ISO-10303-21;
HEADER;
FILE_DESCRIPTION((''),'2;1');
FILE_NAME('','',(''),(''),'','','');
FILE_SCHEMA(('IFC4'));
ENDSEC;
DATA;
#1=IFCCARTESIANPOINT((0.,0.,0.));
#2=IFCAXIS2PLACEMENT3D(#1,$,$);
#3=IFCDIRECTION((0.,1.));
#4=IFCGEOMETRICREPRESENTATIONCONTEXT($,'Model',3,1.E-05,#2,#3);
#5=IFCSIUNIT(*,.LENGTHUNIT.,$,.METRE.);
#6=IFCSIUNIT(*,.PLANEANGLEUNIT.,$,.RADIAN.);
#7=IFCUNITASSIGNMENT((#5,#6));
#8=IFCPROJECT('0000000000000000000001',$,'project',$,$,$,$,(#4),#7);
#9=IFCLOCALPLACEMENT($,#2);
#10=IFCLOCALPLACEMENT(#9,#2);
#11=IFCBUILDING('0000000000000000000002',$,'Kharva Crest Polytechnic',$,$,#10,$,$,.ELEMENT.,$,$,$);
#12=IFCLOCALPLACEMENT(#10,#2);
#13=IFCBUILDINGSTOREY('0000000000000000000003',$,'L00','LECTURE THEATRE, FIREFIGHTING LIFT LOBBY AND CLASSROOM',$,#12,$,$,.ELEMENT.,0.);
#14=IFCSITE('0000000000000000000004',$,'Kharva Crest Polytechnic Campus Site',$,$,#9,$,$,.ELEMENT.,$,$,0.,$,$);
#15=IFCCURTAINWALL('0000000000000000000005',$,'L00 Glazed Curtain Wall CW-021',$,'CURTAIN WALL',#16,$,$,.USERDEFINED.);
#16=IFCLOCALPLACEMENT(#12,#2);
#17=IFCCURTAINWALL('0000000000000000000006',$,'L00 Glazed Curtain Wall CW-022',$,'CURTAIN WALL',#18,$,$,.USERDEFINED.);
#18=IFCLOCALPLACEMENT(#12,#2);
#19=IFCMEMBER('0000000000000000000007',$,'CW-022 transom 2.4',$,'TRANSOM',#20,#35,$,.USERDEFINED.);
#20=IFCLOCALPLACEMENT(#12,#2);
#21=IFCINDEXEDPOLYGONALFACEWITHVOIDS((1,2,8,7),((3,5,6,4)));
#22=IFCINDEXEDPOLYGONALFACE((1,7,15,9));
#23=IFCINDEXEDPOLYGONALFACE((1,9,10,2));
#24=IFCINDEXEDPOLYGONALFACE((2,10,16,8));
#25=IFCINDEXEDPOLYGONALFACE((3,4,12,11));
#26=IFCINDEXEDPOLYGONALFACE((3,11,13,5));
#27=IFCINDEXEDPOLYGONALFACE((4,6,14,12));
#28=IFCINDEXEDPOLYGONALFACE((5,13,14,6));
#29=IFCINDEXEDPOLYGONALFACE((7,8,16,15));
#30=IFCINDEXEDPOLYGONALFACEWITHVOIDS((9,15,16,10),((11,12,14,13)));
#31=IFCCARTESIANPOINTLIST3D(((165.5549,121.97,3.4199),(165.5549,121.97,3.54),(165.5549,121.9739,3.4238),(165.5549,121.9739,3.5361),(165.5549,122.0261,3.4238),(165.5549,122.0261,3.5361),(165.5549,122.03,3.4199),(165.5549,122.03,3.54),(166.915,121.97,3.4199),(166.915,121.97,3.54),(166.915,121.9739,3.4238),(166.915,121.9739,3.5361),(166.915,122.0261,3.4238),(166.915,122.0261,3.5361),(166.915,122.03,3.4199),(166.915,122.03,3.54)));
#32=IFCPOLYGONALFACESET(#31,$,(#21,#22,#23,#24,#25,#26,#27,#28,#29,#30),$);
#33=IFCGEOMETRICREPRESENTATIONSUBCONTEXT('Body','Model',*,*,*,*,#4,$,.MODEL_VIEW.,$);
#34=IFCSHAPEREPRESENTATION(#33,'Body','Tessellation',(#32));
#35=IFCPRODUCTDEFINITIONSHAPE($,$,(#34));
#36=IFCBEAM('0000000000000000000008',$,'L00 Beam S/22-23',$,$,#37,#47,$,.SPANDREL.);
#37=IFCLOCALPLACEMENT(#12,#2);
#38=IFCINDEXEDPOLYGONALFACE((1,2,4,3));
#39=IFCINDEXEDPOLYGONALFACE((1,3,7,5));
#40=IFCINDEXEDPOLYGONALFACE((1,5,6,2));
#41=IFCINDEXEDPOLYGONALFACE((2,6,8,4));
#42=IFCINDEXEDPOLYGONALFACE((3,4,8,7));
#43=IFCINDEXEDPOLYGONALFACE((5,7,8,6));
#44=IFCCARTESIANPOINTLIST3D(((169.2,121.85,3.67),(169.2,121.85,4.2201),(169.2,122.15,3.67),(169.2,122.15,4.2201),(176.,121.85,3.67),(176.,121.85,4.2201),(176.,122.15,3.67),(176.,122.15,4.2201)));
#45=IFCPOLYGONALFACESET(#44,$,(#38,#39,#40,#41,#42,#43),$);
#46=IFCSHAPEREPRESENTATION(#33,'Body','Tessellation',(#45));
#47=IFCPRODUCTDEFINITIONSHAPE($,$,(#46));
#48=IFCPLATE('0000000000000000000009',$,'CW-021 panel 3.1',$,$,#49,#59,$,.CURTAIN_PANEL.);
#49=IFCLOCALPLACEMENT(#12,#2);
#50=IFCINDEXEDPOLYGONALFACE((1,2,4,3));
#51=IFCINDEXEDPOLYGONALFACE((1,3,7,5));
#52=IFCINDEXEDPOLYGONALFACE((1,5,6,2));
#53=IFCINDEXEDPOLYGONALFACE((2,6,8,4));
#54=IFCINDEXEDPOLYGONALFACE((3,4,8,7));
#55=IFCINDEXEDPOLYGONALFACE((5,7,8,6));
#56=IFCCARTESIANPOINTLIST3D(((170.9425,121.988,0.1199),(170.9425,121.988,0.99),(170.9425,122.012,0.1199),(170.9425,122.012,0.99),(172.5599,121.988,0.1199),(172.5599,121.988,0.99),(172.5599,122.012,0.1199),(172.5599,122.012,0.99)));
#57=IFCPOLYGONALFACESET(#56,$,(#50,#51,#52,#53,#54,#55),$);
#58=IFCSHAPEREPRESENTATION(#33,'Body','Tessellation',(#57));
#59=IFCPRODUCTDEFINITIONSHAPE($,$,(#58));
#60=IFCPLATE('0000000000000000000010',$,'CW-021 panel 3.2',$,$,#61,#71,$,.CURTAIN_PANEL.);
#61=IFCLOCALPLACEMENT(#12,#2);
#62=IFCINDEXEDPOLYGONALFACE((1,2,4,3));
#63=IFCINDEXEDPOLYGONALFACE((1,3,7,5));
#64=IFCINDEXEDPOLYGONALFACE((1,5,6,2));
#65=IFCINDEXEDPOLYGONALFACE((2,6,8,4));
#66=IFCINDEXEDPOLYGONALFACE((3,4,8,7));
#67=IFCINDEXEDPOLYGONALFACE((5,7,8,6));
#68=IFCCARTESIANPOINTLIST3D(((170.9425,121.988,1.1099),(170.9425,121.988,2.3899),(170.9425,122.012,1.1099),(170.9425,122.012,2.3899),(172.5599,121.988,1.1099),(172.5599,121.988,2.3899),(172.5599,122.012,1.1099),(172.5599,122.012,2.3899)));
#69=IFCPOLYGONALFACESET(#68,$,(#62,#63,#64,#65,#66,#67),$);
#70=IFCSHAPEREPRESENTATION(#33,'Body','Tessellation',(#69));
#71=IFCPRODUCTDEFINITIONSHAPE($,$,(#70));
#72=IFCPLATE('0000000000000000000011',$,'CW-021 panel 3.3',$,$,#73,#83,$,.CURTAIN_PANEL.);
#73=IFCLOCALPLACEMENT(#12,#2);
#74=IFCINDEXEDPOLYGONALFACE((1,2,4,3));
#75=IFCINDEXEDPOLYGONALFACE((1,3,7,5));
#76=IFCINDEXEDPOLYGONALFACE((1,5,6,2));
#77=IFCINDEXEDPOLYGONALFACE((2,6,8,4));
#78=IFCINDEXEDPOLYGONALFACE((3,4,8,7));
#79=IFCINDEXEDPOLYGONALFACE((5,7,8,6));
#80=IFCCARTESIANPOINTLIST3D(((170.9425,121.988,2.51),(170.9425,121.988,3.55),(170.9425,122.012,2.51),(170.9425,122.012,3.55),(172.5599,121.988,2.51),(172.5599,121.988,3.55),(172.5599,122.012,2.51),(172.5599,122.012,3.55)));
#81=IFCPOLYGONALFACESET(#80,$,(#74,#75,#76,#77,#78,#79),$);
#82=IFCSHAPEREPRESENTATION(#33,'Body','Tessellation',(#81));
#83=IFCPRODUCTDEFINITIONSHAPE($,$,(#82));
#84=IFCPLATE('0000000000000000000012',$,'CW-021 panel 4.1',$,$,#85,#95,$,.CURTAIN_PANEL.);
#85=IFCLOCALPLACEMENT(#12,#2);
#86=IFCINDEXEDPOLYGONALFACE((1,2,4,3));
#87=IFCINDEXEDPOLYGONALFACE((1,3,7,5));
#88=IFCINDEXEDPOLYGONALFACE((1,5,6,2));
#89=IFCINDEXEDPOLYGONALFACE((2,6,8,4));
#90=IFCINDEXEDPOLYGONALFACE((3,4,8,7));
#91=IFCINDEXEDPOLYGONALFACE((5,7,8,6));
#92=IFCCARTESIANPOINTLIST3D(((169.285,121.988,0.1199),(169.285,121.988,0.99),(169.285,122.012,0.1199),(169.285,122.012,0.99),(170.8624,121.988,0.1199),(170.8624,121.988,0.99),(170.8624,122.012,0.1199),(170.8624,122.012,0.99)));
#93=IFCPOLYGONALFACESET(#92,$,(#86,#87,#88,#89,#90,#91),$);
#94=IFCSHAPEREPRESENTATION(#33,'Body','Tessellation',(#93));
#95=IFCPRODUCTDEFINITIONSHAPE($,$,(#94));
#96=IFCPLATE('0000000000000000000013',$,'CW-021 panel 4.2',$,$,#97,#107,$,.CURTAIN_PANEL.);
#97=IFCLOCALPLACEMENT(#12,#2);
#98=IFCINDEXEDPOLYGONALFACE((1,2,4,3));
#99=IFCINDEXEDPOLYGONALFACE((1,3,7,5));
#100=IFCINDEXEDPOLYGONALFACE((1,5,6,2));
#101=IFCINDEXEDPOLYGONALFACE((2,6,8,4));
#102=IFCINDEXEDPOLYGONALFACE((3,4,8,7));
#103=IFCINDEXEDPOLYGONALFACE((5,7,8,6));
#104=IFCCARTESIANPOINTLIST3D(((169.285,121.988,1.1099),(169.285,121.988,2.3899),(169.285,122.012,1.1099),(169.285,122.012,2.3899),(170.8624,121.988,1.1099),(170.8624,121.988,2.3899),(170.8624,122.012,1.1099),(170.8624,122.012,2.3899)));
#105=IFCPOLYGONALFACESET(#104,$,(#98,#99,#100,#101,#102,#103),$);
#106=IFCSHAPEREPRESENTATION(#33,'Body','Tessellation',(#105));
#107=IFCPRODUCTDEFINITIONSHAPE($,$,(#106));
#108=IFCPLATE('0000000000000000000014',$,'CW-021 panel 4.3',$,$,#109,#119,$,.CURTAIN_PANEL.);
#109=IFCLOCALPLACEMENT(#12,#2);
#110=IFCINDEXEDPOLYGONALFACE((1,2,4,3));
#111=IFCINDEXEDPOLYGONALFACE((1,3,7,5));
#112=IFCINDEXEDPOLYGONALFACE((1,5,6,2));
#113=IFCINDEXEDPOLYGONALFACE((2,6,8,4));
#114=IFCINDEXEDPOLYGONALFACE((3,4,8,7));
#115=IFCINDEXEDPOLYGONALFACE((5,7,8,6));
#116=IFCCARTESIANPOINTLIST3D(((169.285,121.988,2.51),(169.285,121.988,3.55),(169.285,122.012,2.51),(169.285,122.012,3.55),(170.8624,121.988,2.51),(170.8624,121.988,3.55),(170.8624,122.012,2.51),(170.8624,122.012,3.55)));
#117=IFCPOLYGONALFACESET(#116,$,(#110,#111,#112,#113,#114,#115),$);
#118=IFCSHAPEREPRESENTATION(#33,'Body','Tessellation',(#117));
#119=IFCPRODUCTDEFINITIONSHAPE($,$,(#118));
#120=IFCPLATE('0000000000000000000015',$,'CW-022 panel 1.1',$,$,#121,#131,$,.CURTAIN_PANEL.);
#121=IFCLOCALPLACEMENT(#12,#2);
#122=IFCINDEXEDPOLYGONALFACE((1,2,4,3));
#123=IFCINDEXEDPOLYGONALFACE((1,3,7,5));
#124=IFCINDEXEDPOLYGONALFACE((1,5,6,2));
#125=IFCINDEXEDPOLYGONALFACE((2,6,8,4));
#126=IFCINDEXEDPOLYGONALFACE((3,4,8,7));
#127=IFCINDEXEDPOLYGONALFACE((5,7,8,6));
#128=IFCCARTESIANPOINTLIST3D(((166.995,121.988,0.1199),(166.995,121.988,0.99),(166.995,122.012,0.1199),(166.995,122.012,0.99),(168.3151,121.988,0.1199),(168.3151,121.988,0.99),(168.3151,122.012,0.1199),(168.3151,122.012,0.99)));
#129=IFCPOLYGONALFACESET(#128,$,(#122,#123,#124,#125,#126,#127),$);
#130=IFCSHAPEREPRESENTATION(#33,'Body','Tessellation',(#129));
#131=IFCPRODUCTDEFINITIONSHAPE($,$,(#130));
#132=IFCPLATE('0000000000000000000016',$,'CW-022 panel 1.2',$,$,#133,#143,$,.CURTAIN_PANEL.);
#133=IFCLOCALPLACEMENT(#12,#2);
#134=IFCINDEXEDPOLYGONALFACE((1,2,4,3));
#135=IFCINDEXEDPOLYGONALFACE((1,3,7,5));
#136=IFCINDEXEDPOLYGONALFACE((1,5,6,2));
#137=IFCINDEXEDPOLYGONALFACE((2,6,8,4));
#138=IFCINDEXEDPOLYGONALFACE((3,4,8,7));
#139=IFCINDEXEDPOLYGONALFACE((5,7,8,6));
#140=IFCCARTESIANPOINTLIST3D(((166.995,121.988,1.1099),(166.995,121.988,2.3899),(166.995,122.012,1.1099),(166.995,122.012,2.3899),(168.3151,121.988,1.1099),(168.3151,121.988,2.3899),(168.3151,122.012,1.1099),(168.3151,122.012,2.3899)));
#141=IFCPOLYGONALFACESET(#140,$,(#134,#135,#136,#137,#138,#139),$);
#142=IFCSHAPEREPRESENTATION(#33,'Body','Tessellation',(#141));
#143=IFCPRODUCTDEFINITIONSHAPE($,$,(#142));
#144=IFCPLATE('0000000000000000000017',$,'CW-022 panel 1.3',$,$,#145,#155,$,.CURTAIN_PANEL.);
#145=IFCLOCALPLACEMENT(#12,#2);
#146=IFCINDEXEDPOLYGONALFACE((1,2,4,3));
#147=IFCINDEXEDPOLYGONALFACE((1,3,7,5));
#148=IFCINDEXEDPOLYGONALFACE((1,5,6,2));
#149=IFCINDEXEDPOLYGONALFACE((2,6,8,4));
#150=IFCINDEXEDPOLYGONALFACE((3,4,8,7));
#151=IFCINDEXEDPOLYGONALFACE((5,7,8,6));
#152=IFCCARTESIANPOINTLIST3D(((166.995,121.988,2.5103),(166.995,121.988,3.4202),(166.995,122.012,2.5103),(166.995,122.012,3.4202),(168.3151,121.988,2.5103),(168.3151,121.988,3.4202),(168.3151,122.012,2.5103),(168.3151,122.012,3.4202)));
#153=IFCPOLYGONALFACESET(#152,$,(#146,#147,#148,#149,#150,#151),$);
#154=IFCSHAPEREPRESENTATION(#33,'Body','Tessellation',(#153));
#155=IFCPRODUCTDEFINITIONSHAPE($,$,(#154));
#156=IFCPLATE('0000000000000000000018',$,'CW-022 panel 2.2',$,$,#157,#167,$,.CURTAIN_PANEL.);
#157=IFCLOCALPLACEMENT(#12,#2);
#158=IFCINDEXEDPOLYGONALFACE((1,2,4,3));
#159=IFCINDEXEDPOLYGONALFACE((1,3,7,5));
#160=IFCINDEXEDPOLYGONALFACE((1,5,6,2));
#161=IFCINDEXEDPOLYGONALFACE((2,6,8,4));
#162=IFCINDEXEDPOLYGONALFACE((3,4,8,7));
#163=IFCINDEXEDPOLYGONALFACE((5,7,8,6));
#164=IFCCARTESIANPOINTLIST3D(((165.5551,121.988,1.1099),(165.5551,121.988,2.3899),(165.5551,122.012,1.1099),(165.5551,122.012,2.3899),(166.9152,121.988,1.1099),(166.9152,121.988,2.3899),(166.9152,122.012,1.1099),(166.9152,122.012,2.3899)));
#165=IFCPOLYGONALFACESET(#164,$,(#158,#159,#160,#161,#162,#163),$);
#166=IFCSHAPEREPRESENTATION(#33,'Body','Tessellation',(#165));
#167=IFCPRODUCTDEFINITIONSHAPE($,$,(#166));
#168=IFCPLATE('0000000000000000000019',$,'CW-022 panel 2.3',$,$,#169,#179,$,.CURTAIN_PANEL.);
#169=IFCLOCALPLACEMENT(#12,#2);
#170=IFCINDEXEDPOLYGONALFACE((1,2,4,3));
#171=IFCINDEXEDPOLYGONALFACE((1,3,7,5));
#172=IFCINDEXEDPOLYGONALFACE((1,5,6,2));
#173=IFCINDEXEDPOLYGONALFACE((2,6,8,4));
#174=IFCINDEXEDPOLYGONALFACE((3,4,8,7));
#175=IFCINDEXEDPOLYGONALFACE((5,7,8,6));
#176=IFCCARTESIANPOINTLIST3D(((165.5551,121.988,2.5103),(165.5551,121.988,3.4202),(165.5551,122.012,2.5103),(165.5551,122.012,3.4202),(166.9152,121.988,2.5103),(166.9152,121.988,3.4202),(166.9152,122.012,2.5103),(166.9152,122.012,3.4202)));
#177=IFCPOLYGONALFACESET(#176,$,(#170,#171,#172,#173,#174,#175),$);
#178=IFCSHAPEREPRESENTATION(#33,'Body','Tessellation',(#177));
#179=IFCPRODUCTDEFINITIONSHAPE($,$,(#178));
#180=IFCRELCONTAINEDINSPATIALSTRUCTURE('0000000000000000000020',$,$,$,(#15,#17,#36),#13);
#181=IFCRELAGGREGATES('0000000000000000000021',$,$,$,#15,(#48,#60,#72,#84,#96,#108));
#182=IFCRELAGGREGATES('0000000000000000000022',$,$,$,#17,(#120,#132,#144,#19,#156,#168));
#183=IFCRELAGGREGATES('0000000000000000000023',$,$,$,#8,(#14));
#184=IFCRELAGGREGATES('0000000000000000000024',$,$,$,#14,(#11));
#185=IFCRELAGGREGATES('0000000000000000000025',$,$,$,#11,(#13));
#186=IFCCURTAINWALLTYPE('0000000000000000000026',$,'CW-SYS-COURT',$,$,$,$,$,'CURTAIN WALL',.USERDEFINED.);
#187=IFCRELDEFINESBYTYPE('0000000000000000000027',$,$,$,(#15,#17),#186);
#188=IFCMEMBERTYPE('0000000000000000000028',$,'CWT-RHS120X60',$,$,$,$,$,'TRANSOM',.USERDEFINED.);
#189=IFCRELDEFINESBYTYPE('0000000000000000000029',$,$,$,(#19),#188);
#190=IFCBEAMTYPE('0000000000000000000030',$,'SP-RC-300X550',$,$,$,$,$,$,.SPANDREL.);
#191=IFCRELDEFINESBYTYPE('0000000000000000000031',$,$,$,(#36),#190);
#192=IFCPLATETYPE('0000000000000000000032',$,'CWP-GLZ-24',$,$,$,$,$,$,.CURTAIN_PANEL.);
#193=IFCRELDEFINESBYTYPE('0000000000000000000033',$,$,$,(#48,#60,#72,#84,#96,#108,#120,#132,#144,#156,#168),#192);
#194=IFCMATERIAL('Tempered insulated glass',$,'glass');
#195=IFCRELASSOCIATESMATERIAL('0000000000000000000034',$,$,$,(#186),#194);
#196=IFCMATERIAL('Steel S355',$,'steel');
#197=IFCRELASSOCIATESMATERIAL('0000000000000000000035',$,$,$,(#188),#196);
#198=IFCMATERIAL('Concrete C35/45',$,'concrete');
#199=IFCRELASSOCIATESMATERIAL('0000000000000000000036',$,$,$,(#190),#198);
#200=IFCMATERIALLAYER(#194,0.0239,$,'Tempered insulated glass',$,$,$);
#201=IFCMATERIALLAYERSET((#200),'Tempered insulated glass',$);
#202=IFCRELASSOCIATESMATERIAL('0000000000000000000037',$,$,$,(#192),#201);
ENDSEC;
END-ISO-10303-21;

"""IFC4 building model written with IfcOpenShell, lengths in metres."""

from ifc_helpers import new_model, si_unit, direction, frame, origin, origin_2d, place, context, subcontext, project, spatial, rectangle, hollow_rectangle, extrude, material, layer, layer_set, material_profile, profile_set, type_object, element, aggregate, save


model = new_model("IFC4")

# Units and contexts
model_context = context("Model", 3, precision=1e-05, world=origin(), true_north=direction((0.0, 1.0)))
body_context = subcontext(model_context, "Body", "Model", "MODEL_VIEW")
ifc_project = project(units=[si_unit("LENGTHUNIT", "METRE"), si_unit("PLANEANGLEUNIT", "RADIAN")], contexts=[model_context])

# Site, building, storey
site_placement = place(None, origin())
site = spatial("IfcSite", under=ifc_project, at=site_placement, Name="Kharva Crest Polytechnic Campus Site", CompositionType="ELEMENT", RefElevation=0.0)
building_placement = place(site_placement, origin())
building = spatial("IfcBuilding", under=site, at=building_placement, Name="Kharva Crest Polytechnic", CompositionType="ELEMENT")
storey_placement = place(building_placement, origin())
storey = spatial("IfcBuildingStorey", under=building, at=storey_placement, Name="L00", Description="LECTURE THEATRE, FIREFIGHTING LIFT LOBBY AND CLASSROOM", CompositionType="ELEMENT", Elevation=0.0)

# Shared definitions
ifc_material_1 = material(Name="Concrete C35/45", Category="concrete")

# Curtain walls
ifc_material_2 = material(Name="Tempered insulated glass", Category="glass")
curtain_wall_type = type_object("IfcCurtainWallType", Name="CW-SYS-COURT", ElementType="CURTAIN WALL", PredefinedType="USERDEFINED", material=ifc_material_2)
curtain_wall_1_placement = place(storey_placement, origin())
curtain_wall_1 = element("IfcCurtainWall", 1, at=curtain_wall_1_placement, inside=storey, type_object=curtain_wall_type, Name="L00 Glazed Curtain Wall CW-021", ObjectType="CURTAIN WALL", PredefinedType="USERDEFINED")
ifc_material_3 = material(Name="Steel S355", Category="steel")
curtain_wall_2_placement = place(storey_placement, origin())
curtain_wall_2 = element("IfcCurtainWall", 2, at=curtain_wall_2_placement, inside=storey, type_object=curtain_wall_type, Name="L00 Glazed Curtain Wall CW-022", ObjectType="CURTAIN WALL", PredefinedType="USERDEFINED")

# Member
ifc_material_profile_1 = material_profile(ifc_material_3, hollow_rectangle(XDim=0.0601, YDim=0.1201, WallThickness=0.0039, at=origin_2d()), Name="RHS 120X60X4.0")
ifc_profile_set_1 = profile_set([ifc_material_profile_1], Name="Steel S355")
member_type_1 = type_object("IfcMemberType", Name="CWT-RHS120X60", ElementType="TRANSOM", PredefinedType="USERDEFINED", material=ifc_profile_set_1)
member_1_placement = place(storey_placement, frame((166.915, 122.0, 3.48), z_axis=(-1.0, 0.0, 0.0), x_axis=(0.0, -1.0, 0.0)))
member_1 = element("IfcMember", 3, at=member_1_placement, type_object=member_type_1, Name="CW-022 transom 2.4", ObjectType="TRANSOM", PredefinedType="USERDEFINED", context=body_context, shape_type="SweptSolid", body=[
    extrude(hollow_rectangle(XDim=0.0601, YDim=0.1201, WallThickness=0.0039, at=origin_2d()), origin(), (0.0, 0.0, 1.0), 1.3601),
])

# Beam
ifc_material_profile_2 = material_profile(ifc_material_1, rectangle(XDim=0.3, YDim=0.55, at=origin_2d()), Name="RECT 300 X 550")
ifc_profile_set_2 = profile_set([ifc_material_profile_2], Name="Concrete C35/45")
beam_type = type_object("IfcBeamType", Name="SP-RC-300X550", PredefinedType="SPANDREL", material=ifc_profile_set_2)
beam_placement = place(storey_placement, frame((169.2, 122.0, 3.9451), z_axis=(1.0, 0.0, 0.0), x_axis=(0.0, 1.0, 0.0)))
element("IfcBeam", 4, at=beam_placement, inside=storey, type_object=beam_type, Name="L00 Beam S/22-23", PredefinedType="SPANDREL", context=body_context, shape_type="SweptSolid", body=[
    extrude(rectangle(XDim=0.3, YDim=0.55, at=origin_2d()), origin(), (0.0, 0.0, 1.0), 6.8),
])

# Plates
ifc_layer = layer(ifc_material_2, 0.0239, Name="Tempered insulated glass")
ifc_layer_set = layer_set([ifc_layer], Name="Tempered insulated glass")
plate_type = type_object("IfcPlateType", Name="CWP-GLZ-24", PredefinedType="CURTAIN_PANEL", material=ifc_layer_set)
plate_1_placement = place(storey_placement, frame((171.7512, 122.0, 0.1199), z_axis=(0.0, 0.0, 1.0), x_axis=(-1.0, 0.0, 0.0)))
plate_1 = element("IfcPlate", 5, at=plate_1_placement, type_object=plate_type, Name="CW-021 panel 3.1", PredefinedType="CURTAIN_PANEL", context=body_context, shape_type="SweptSolid", body=[
    extrude(rectangle(XDim=1.6174, YDim=0.0239, at=origin_2d()), origin(), (0.0, 0.0, 1.0), 0.8701),
])
plate_2_placement = place(storey_placement, frame((171.7512, 122.0, 1.1099), z_axis=(0.0, 0.0, 1.0), x_axis=(-1.0, 0.0, 0.0)))
plate_2 = element("IfcPlate", 6, at=plate_2_placement, type_object=plate_type, Name="CW-021 panel 3.2", PredefinedType="CURTAIN_PANEL", context=body_context, shape_type="SweptSolid", body=[
    extrude(rectangle(XDim=1.6174, YDim=0.0239, at=origin_2d()), origin(), (0.0, 0.0, 1.0), 1.28),
])
plate_3_placement = place(storey_placement, frame((171.7512, 122.0, 2.51), z_axis=(0.0, 0.0, 1.0), x_axis=(-1.0, 0.0, 0.0)))
plate_3 = element("IfcPlate", 7, at=plate_3_placement, type_object=plate_type, Name="CW-021 panel 3.3", PredefinedType="CURTAIN_PANEL", context=body_context, shape_type="SweptSolid", body=[
    extrude(rectangle(XDim=1.6174, YDim=0.0239, at=origin_2d()), origin(), (0.0, 0.0, 1.0), 1.04),
])
plate_4_placement = place(storey_placement, frame((170.0737, 122.0, 0.1199), z_axis=(0.0, 0.0, 1.0), x_axis=(-1.0, 0.0, 0.0)))
plate_4 = element("IfcPlate", 8, at=plate_4_placement, type_object=plate_type, Name="CW-021 panel 4.1", PredefinedType="CURTAIN_PANEL", context=body_context, shape_type="SweptSolid", body=[
    extrude(rectangle(XDim=1.5774, YDim=0.0239, at=origin_2d()), origin(), (0.0, 0.0, 1.0), 0.8701),
])
plate_5_placement = place(storey_placement, frame((170.0737, 122.0, 1.1099), z_axis=(0.0, 0.0, 1.0), x_axis=(-1.0, 0.0, 0.0)))
plate_5 = element("IfcPlate", 9, at=plate_5_placement, type_object=plate_type, Name="CW-021 panel 4.2", PredefinedType="CURTAIN_PANEL", context=body_context, shape_type="SweptSolid", body=[
    extrude(rectangle(XDim=1.5774, YDim=0.0239, at=origin_2d()), origin(), (0.0, 0.0, 1.0), 1.28),
])
plate_6_placement = place(storey_placement, frame((170.0737, 122.0, 2.51), z_axis=(0.0, 0.0, 1.0), x_axis=(-1.0, 0.0, 0.0)))
plate_6 = element("IfcPlate", 10, at=plate_6_placement, type_object=plate_type, Name="CW-021 panel 4.3", PredefinedType="CURTAIN_PANEL", context=body_context, shape_type="SweptSolid", body=[
    extrude(rectangle(XDim=1.5774, YDim=0.0239, at=origin_2d()), origin(), (0.0, 0.0, 1.0), 1.04),
])
aggregate(curtain_wall_1, [plate_1, plate_2, plate_3, plate_4, plate_5, plate_6])
plate_7_placement = place(storey_placement, frame((167.655, 122.0, 0.1199), z_axis=(0.0, 0.0, 1.0), x_axis=(-1.0, 0.0, 0.0)))
plate_7 = element("IfcPlate", 11, at=plate_7_placement, type_object=plate_type, Name="CW-022 panel 1.1", PredefinedType="CURTAIN_PANEL", context=body_context, shape_type="SweptSolid", body=[
    extrude(rectangle(XDim=1.3201, YDim=0.0239, at=origin_2d()), origin(), (0.0, 0.0, 1.0), 0.8701),
])
plate_8_placement = place(storey_placement, frame((167.655, 122.0, 1.1099), z_axis=(0.0, 0.0, 1.0), x_axis=(-1.0, 0.0, 0.0)))
plate_8 = element("IfcPlate", 12, at=plate_8_placement, type_object=plate_type, Name="CW-022 panel 1.2", PredefinedType="CURTAIN_PANEL", context=body_context, shape_type="SweptSolid", body=[
    extrude(rectangle(XDim=1.3201, YDim=0.0239, at=origin_2d()), origin(), (0.0, 0.0, 1.0), 1.28),
])
plate_9_placement = place(storey_placement, frame((167.655, 122.0, 2.5103), z_axis=(0.0, 0.0, 1.0), x_axis=(-1.0, 0.0, 0.0)))
plate_9 = element("IfcPlate", 13, at=plate_9_placement, type_object=plate_type, Name="CW-022 panel 1.3", PredefinedType="CURTAIN_PANEL", context=body_context, shape_type="SweptSolid", body=[
    extrude(rectangle(XDim=1.3201, YDim=0.0239, at=origin_2d()), origin(), (0.0, 0.0, 1.0), 0.9099),
])
plate_10_placement = place(storey_placement, frame((166.2351, 122.0, 1.1099), z_axis=(0.0, 0.0, 1.0), x_axis=(-1.0, 0.0, 0.0)))
plate_10 = element("IfcPlate", 14, at=plate_10_placement, type_object=plate_type, Name="CW-022 panel 2.2", PredefinedType="CURTAIN_PANEL", context=body_context, shape_type="SweptSolid", body=[
    extrude(rectangle(XDim=1.3601, YDim=0.0239, at=origin_2d()), origin(), (0.0, 0.0, 1.0), 1.28),
])
plate_11_placement = place(storey_placement, frame((166.2351, 122.0, 2.5103), z_axis=(0.0, 0.0, 1.0), x_axis=(-1.0, 0.0, 0.0)))
plate_11 = element("IfcPlate", 15, at=plate_11_placement, type_object=plate_type, Name="CW-022 panel 2.3", PredefinedType="CURTAIN_PANEL", context=body_context, shape_type="SweptSolid", body=[
    extrude(rectangle(XDim=1.3601, YDim=0.0239, at=origin_2d()), origin(), (0.0, 0.0, 1.0), 0.9099),
])
aggregate(curtain_wall_2, [plate_7, plate_8, plate_9, member_1, plate_10, plate_11])

save(model, "model.ifc")
